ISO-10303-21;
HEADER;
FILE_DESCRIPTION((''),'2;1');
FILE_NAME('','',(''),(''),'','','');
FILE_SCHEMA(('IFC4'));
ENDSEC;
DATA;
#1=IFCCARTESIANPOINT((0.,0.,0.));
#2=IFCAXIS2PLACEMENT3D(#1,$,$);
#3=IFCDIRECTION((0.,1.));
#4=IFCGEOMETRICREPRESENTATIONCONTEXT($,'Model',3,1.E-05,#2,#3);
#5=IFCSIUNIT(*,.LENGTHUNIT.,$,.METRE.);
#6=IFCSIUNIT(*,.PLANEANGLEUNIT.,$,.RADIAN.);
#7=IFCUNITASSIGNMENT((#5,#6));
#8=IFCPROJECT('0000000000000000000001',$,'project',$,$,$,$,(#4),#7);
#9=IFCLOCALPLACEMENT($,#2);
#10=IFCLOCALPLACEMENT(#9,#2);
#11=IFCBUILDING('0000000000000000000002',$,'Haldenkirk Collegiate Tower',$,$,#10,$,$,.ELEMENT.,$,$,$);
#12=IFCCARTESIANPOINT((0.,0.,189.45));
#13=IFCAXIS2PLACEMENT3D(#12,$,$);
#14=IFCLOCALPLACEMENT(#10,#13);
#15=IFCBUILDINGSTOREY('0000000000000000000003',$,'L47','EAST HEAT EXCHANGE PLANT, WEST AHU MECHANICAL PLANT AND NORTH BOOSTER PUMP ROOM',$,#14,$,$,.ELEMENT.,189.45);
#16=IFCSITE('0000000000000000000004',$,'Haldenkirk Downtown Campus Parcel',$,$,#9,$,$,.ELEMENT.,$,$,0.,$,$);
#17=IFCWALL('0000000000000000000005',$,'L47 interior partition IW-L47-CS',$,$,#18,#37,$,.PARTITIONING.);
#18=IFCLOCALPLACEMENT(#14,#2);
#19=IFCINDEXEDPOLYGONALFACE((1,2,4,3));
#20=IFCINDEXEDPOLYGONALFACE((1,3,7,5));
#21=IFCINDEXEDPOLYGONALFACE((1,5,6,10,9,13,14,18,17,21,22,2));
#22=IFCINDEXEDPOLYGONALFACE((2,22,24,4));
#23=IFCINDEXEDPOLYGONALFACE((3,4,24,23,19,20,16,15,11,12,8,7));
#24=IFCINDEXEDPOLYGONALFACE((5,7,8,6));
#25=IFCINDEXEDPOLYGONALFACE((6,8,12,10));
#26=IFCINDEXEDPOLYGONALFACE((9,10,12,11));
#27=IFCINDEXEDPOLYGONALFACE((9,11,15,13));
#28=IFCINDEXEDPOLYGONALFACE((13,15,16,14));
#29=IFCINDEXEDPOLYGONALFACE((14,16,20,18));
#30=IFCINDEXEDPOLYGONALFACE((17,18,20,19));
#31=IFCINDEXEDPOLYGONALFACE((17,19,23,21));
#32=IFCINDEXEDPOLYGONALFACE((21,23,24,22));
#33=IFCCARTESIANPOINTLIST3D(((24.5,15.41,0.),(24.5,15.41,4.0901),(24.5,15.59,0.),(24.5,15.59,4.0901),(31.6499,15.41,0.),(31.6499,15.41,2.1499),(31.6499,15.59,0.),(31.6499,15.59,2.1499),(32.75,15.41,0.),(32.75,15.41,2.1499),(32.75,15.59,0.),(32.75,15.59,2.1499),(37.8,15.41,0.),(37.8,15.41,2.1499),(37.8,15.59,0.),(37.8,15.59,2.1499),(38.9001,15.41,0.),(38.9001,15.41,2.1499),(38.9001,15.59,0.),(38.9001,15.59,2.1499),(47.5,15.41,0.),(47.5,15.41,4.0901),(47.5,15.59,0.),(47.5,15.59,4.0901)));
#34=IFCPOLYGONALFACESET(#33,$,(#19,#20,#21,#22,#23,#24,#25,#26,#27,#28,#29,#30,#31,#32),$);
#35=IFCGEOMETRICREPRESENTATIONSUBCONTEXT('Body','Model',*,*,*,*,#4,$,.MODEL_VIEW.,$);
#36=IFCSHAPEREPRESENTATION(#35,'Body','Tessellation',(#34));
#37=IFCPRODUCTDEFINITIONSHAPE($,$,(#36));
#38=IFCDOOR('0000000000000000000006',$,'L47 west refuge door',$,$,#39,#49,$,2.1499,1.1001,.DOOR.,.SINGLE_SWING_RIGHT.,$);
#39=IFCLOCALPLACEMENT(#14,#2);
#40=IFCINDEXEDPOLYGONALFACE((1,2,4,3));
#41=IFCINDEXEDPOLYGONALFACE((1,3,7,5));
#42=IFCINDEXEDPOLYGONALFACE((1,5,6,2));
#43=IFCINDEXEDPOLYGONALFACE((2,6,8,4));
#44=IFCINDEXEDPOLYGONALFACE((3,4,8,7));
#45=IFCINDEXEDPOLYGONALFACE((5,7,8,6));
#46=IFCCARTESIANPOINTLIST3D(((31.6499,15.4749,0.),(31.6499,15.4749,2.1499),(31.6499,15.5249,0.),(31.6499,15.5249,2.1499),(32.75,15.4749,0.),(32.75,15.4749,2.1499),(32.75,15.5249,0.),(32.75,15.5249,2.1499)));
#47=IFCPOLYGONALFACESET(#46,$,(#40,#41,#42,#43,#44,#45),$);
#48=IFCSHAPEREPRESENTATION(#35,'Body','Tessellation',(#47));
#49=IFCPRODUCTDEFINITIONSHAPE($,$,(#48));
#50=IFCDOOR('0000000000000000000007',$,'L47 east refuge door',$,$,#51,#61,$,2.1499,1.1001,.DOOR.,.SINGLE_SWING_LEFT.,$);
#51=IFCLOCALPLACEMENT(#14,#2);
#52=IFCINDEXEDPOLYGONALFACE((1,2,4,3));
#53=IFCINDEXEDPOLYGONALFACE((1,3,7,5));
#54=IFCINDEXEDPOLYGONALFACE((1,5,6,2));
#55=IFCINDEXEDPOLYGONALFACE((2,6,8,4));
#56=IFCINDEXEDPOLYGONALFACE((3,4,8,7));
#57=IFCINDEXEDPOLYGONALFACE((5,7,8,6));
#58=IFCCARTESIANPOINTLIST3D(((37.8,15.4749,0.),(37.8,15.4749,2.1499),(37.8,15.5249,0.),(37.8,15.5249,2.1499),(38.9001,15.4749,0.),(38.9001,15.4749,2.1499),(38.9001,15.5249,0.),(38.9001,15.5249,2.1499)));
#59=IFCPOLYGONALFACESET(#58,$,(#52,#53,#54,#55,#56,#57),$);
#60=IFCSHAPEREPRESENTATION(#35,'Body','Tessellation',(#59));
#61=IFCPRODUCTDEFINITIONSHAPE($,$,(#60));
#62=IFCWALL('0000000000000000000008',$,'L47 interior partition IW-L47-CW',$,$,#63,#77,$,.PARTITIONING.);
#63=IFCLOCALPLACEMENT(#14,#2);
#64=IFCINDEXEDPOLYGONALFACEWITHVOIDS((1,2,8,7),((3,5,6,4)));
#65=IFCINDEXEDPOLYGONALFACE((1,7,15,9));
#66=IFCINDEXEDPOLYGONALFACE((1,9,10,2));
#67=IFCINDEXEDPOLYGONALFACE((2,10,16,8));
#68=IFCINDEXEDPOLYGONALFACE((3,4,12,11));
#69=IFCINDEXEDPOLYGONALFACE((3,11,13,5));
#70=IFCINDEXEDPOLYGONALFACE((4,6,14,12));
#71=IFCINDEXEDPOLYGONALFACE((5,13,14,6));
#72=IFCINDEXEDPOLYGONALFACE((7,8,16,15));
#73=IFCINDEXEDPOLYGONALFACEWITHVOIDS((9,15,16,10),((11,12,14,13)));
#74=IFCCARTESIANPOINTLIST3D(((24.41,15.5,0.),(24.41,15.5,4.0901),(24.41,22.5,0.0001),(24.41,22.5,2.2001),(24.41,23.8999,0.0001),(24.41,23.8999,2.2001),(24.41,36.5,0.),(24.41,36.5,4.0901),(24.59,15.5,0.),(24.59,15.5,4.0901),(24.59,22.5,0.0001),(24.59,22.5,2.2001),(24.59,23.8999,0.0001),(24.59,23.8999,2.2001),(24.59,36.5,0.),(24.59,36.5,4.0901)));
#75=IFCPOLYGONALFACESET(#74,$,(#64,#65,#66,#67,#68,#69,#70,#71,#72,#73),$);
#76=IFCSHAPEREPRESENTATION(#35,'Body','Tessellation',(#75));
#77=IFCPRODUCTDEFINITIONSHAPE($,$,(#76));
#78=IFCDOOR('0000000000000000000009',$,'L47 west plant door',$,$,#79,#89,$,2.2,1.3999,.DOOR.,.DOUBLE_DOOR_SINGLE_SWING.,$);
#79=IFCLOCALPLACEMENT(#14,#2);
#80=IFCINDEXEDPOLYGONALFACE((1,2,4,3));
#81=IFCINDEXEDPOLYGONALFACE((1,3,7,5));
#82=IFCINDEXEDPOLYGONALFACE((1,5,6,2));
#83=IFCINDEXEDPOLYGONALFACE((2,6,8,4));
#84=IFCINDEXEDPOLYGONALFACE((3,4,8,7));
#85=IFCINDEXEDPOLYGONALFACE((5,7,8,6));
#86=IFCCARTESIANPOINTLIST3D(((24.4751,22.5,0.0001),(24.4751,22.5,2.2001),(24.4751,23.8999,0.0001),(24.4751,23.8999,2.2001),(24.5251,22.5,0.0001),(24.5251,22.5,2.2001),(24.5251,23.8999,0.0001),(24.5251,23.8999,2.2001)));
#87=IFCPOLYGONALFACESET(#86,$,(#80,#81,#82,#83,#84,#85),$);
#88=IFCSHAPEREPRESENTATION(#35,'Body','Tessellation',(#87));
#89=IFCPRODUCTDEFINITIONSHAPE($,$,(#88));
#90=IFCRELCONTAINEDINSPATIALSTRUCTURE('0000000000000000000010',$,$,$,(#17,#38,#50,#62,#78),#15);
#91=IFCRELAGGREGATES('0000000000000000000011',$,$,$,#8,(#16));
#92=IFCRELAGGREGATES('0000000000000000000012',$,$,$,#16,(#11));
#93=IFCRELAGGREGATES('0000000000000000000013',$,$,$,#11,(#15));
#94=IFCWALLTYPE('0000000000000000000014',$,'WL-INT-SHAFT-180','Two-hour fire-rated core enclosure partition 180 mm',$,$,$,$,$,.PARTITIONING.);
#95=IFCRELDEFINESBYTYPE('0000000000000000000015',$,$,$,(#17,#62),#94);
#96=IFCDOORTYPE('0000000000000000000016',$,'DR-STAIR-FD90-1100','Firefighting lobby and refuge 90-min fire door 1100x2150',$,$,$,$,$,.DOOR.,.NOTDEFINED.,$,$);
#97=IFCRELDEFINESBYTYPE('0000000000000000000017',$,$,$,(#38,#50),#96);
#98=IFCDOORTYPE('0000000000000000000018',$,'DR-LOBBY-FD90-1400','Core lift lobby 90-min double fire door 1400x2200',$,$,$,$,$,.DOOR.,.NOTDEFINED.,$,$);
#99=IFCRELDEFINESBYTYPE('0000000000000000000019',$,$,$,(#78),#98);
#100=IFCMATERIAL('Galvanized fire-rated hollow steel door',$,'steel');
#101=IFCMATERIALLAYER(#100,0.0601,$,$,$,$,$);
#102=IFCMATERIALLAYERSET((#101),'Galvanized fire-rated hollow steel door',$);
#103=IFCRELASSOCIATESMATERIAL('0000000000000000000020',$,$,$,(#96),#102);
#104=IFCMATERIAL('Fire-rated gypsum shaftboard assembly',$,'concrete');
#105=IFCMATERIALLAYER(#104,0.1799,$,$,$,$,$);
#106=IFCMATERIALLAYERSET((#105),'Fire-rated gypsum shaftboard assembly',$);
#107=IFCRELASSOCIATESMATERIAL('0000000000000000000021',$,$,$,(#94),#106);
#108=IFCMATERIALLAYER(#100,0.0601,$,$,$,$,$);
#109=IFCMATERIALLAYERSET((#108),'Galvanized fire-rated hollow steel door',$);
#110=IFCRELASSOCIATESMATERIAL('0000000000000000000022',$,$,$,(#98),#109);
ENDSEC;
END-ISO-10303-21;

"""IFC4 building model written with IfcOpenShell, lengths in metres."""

from ifc_helpers import new_model, si_unit, direction, frame, frame_2d, origin, place, context, subcontext, project, spatial, rectangle, extrude, material, layer, layer_set, type_object, element, fill, save


model = new_model("IFC4")

# Units and contexts
model_context = context("Model", 3, precision=1e-05, world=origin(), true_north=direction((0.0, 1.0)))
body_context = subcontext(model_context, "Body", "Model", "MODEL_VIEW")
ifc_project = project(units=[si_unit("LENGTHUNIT", "METRE"), si_unit("PLANEANGLEUNIT", "RADIAN")], contexts=[model_context])

# Site, building, storey
site_placement = place(None, origin())
site = spatial("IfcSite", under=ifc_project, at=site_placement, Name="Haldenkirk Downtown Campus Parcel", CompositionType="ELEMENT", RefElevation=0.0)
building_placement = place(site_placement, origin())
building = spatial("IfcBuilding", under=site, at=building_placement, Name="Haldenkirk Collegiate Tower", CompositionType="ELEMENT")
storey_placement = place(building_placement, frame((0.0, 0.0, 189.45)))
storey = spatial("IfcBuildingStorey", under=building, at=storey_placement, Name="L47", Description="EAST HEAT EXCHANGE PLANT, WEST AHU MECHANICAL PLANT AND NORTH BOOSTER PUMP ROOM", CompositionType="ELEMENT", Elevation=189.45)

# Wall, openings, doors
ifc_material_1 = material(Name="Galvanized fire-rated hollow steel door", Category="steel")
ifc_layer_1 = layer(ifc_material_1, 0.0601)
ifc_layer_set_1 = layer_set([ifc_layer_1], Name="Galvanized fire-rated hollow steel door")
door_type_1 = type_object("IfcDoorType", Name="DR-STAIR-FD90-1100", Description="Firefighting lobby and refuge 90-min fire door 1100x2150", OperationType="NOTDEFINED", PredefinedType="DOOR", material=ifc_layer_set_1)
ifc_material_2 = material(Name="Fire-rated gypsum shaftboard assembly", Category="concrete")
ifc_layer_2 = layer(ifc_material_2, 0.1799)
ifc_layer_set_2 = layer_set([ifc_layer_2], Name="Fire-rated gypsum shaftboard assembly")
wall_type_1 = type_object("IfcWallType", Name="WL-INT-SHAFT-180", Description="Two-hour fire-rated core enclosure partition 180 mm", PredefinedType="PARTITIONING", material=ifc_layer_set_2)
wall_1_placement = place(storey_placement, frame((24.5, 15.5, 0.0), z_axis=(0.0, 0.0, 1.0), x_axis=(1.0, 0.0, 0.0)))
wall_1 = element("IfcWall", 1, at=wall_1_placement, inside=storey, type_object=wall_type_1, Name="L47 interior partition IW-L47-CS", PredefinedType="PARTITIONING", context=body_context, shape_type="SweptSolid", body=[
    extrude(rectangle(XDim=23.0, YDim=0.1799, at=frame_2d((11.5, 0.0))), origin(), (0.0, 0.0, 1.0), 4.0901),
])
opening_1_placement = place(wall_1_placement, frame((7.1499, 0.0, 0.0)))
opening_1 = element("IfcOpeningElement", 2, at=opening_1_placement, cuts=wall_1, PredefinedType="OPENING", context=body_context, shape_type="SweptSolid", body=[
    extrude(rectangle(XDim=1.1001, YDim=2.1499, at=frame_2d((0.55, 1.075))), frame((0.0, 0.0999, 0.0), z_axis=(0.0, -1.0, 0.0), x_axis=(1.0, 0.0, 0.0)), (0.0, 0.0, 1.0), 0.2),
])
opening_2_placement = place(wall_1_placement, frame((13.3, 0.0, 0.0)))
opening_2 = element("IfcOpeningElement", 3, at=opening_2_placement, cuts=wall_1, PredefinedType="OPENING", context=body_context, shape_type="SweptSolid", body=[
    extrude(rectangle(XDim=1.1001, YDim=2.1499, at=frame_2d((0.55, 1.075))), frame((0.0, 0.0999, 0.0), z_axis=(0.0, -1.0, 0.0), x_axis=(1.0, 0.0, 0.0)), (0.0, 0.0, 1.0), 0.2),
])
door_1_placement = place(opening_1_placement, origin())
door_1 = element("IfcDoor", 4, at=door_1_placement, inside=storey, type_object=door_type_1, Name="L47 west refuge door", OperationType="SINGLE_SWING_RIGHT", OverallHeight=2.1499, OverallWidth=1.1001, PredefinedType="DOOR", context=body_context, shape_type="SweptSolid", body=[
    extrude(rectangle(XDim=1.1001, YDim=2.1499, at=frame_2d((0.55, 1.075))), frame((0.0, 0.0249, 0.0), z_axis=(0.0, -1.0, 0.0), x_axis=(1.0, 0.0, 0.0)), (0.0, 0.0, 1.0), 0.05),
])
fill(opening_1, door_1)
door_2_placement = place(opening_2_placement, origin())
door_2 = element("IfcDoor", 5, at=door_2_placement, inside=storey, type_object=door_type_1, Name="L47 east refuge door", OperationType="SINGLE_SWING_LEFT", OverallHeight=2.1499, OverallWidth=1.1001, PredefinedType="DOOR", context=body_context, shape_type="SweptSolid", body=[
    extrude(rectangle(XDim=1.1001, YDim=2.1499, at=frame_2d((0.55, 1.075))), frame((0.0, 0.0249, 0.0), z_axis=(0.0, -1.0, 0.0), x_axis=(1.0, 0.0, 0.0)), (0.0, 0.0, 1.0), 0.05),
])
fill(opening_2, door_2)

# Wall, opening, door
wall_2_placement = place(storey_placement, frame((24.5, 15.5, 0.0), z_axis=(0.0, 0.0, 1.0), x_axis=(0.0, 1.0, 0.0)))
wall_2 = element("IfcWall", 6, at=wall_2_placement, inside=storey, type_object=wall_type_1, Name="L47 interior partition IW-L47-CW", PredefinedType="PARTITIONING", context=body_context, shape_type="SweptSolid", body=[
    extrude(rectangle(XDim=21.0, YDim=0.1799, at=frame_2d((10.5, 0.0))), origin(), (0.0, 0.0, 1.0), 4.0901),
])
opening_3_placement = place(wall_2_placement, frame((7.0, 0.0, 0.0)))
opening_3 = element("IfcOpeningElement", 7, at=opening_3_placement, cuts=wall_2, PredefinedType="OPENING", context=body_context, shape_type="SweptSolid", body=[
    extrude(rectangle(XDim=1.3999, YDim=2.2, at=frame_2d((0.7, 1.1001))), frame((0.0, 0.0999, 0.0), z_axis=(0.0, -1.0, 0.0), x_axis=(1.0, 0.0, 0.0)), (0.0, 0.0, 1.0), 0.2),
])
ifc_layer_3 = layer(ifc_material_1, 0.0601)
ifc_layer_set_3 = layer_set([ifc_layer_3], Name="Galvanized fire-rated hollow steel door")
door_type_2 = type_object("IfcDoorType", Name="DR-LOBBY-FD90-1400", Description="Core lift lobby 90-min double fire door 1400x2200", OperationType="NOTDEFINED", PredefinedType="DOOR", material=ifc_layer_set_3)
door_3_placement = place(opening_3_placement, origin())
door_3 = element("IfcDoor", 8, at=door_3_placement, inside=storey, type_object=door_type_2, Name="L47 west plant door", OperationType="DOUBLE_DOOR_SINGLE_SWING", OverallHeight=2.2, OverallWidth=1.3999, PredefinedType="DOOR", context=body_context, shape_type="SweptSolid", body=[
    extrude(rectangle(XDim=1.3999, YDim=2.2, at=frame_2d((0.7, 1.1001))), frame((0.0, 0.0249, 0.0), z_axis=(0.0, -1.0, 0.0), x_axis=(1.0, 0.0, 0.0)), (0.0, 0.0, 1.0), 0.05),
])
fill(opening_3, door_3)

save(model, "model.ifc")
